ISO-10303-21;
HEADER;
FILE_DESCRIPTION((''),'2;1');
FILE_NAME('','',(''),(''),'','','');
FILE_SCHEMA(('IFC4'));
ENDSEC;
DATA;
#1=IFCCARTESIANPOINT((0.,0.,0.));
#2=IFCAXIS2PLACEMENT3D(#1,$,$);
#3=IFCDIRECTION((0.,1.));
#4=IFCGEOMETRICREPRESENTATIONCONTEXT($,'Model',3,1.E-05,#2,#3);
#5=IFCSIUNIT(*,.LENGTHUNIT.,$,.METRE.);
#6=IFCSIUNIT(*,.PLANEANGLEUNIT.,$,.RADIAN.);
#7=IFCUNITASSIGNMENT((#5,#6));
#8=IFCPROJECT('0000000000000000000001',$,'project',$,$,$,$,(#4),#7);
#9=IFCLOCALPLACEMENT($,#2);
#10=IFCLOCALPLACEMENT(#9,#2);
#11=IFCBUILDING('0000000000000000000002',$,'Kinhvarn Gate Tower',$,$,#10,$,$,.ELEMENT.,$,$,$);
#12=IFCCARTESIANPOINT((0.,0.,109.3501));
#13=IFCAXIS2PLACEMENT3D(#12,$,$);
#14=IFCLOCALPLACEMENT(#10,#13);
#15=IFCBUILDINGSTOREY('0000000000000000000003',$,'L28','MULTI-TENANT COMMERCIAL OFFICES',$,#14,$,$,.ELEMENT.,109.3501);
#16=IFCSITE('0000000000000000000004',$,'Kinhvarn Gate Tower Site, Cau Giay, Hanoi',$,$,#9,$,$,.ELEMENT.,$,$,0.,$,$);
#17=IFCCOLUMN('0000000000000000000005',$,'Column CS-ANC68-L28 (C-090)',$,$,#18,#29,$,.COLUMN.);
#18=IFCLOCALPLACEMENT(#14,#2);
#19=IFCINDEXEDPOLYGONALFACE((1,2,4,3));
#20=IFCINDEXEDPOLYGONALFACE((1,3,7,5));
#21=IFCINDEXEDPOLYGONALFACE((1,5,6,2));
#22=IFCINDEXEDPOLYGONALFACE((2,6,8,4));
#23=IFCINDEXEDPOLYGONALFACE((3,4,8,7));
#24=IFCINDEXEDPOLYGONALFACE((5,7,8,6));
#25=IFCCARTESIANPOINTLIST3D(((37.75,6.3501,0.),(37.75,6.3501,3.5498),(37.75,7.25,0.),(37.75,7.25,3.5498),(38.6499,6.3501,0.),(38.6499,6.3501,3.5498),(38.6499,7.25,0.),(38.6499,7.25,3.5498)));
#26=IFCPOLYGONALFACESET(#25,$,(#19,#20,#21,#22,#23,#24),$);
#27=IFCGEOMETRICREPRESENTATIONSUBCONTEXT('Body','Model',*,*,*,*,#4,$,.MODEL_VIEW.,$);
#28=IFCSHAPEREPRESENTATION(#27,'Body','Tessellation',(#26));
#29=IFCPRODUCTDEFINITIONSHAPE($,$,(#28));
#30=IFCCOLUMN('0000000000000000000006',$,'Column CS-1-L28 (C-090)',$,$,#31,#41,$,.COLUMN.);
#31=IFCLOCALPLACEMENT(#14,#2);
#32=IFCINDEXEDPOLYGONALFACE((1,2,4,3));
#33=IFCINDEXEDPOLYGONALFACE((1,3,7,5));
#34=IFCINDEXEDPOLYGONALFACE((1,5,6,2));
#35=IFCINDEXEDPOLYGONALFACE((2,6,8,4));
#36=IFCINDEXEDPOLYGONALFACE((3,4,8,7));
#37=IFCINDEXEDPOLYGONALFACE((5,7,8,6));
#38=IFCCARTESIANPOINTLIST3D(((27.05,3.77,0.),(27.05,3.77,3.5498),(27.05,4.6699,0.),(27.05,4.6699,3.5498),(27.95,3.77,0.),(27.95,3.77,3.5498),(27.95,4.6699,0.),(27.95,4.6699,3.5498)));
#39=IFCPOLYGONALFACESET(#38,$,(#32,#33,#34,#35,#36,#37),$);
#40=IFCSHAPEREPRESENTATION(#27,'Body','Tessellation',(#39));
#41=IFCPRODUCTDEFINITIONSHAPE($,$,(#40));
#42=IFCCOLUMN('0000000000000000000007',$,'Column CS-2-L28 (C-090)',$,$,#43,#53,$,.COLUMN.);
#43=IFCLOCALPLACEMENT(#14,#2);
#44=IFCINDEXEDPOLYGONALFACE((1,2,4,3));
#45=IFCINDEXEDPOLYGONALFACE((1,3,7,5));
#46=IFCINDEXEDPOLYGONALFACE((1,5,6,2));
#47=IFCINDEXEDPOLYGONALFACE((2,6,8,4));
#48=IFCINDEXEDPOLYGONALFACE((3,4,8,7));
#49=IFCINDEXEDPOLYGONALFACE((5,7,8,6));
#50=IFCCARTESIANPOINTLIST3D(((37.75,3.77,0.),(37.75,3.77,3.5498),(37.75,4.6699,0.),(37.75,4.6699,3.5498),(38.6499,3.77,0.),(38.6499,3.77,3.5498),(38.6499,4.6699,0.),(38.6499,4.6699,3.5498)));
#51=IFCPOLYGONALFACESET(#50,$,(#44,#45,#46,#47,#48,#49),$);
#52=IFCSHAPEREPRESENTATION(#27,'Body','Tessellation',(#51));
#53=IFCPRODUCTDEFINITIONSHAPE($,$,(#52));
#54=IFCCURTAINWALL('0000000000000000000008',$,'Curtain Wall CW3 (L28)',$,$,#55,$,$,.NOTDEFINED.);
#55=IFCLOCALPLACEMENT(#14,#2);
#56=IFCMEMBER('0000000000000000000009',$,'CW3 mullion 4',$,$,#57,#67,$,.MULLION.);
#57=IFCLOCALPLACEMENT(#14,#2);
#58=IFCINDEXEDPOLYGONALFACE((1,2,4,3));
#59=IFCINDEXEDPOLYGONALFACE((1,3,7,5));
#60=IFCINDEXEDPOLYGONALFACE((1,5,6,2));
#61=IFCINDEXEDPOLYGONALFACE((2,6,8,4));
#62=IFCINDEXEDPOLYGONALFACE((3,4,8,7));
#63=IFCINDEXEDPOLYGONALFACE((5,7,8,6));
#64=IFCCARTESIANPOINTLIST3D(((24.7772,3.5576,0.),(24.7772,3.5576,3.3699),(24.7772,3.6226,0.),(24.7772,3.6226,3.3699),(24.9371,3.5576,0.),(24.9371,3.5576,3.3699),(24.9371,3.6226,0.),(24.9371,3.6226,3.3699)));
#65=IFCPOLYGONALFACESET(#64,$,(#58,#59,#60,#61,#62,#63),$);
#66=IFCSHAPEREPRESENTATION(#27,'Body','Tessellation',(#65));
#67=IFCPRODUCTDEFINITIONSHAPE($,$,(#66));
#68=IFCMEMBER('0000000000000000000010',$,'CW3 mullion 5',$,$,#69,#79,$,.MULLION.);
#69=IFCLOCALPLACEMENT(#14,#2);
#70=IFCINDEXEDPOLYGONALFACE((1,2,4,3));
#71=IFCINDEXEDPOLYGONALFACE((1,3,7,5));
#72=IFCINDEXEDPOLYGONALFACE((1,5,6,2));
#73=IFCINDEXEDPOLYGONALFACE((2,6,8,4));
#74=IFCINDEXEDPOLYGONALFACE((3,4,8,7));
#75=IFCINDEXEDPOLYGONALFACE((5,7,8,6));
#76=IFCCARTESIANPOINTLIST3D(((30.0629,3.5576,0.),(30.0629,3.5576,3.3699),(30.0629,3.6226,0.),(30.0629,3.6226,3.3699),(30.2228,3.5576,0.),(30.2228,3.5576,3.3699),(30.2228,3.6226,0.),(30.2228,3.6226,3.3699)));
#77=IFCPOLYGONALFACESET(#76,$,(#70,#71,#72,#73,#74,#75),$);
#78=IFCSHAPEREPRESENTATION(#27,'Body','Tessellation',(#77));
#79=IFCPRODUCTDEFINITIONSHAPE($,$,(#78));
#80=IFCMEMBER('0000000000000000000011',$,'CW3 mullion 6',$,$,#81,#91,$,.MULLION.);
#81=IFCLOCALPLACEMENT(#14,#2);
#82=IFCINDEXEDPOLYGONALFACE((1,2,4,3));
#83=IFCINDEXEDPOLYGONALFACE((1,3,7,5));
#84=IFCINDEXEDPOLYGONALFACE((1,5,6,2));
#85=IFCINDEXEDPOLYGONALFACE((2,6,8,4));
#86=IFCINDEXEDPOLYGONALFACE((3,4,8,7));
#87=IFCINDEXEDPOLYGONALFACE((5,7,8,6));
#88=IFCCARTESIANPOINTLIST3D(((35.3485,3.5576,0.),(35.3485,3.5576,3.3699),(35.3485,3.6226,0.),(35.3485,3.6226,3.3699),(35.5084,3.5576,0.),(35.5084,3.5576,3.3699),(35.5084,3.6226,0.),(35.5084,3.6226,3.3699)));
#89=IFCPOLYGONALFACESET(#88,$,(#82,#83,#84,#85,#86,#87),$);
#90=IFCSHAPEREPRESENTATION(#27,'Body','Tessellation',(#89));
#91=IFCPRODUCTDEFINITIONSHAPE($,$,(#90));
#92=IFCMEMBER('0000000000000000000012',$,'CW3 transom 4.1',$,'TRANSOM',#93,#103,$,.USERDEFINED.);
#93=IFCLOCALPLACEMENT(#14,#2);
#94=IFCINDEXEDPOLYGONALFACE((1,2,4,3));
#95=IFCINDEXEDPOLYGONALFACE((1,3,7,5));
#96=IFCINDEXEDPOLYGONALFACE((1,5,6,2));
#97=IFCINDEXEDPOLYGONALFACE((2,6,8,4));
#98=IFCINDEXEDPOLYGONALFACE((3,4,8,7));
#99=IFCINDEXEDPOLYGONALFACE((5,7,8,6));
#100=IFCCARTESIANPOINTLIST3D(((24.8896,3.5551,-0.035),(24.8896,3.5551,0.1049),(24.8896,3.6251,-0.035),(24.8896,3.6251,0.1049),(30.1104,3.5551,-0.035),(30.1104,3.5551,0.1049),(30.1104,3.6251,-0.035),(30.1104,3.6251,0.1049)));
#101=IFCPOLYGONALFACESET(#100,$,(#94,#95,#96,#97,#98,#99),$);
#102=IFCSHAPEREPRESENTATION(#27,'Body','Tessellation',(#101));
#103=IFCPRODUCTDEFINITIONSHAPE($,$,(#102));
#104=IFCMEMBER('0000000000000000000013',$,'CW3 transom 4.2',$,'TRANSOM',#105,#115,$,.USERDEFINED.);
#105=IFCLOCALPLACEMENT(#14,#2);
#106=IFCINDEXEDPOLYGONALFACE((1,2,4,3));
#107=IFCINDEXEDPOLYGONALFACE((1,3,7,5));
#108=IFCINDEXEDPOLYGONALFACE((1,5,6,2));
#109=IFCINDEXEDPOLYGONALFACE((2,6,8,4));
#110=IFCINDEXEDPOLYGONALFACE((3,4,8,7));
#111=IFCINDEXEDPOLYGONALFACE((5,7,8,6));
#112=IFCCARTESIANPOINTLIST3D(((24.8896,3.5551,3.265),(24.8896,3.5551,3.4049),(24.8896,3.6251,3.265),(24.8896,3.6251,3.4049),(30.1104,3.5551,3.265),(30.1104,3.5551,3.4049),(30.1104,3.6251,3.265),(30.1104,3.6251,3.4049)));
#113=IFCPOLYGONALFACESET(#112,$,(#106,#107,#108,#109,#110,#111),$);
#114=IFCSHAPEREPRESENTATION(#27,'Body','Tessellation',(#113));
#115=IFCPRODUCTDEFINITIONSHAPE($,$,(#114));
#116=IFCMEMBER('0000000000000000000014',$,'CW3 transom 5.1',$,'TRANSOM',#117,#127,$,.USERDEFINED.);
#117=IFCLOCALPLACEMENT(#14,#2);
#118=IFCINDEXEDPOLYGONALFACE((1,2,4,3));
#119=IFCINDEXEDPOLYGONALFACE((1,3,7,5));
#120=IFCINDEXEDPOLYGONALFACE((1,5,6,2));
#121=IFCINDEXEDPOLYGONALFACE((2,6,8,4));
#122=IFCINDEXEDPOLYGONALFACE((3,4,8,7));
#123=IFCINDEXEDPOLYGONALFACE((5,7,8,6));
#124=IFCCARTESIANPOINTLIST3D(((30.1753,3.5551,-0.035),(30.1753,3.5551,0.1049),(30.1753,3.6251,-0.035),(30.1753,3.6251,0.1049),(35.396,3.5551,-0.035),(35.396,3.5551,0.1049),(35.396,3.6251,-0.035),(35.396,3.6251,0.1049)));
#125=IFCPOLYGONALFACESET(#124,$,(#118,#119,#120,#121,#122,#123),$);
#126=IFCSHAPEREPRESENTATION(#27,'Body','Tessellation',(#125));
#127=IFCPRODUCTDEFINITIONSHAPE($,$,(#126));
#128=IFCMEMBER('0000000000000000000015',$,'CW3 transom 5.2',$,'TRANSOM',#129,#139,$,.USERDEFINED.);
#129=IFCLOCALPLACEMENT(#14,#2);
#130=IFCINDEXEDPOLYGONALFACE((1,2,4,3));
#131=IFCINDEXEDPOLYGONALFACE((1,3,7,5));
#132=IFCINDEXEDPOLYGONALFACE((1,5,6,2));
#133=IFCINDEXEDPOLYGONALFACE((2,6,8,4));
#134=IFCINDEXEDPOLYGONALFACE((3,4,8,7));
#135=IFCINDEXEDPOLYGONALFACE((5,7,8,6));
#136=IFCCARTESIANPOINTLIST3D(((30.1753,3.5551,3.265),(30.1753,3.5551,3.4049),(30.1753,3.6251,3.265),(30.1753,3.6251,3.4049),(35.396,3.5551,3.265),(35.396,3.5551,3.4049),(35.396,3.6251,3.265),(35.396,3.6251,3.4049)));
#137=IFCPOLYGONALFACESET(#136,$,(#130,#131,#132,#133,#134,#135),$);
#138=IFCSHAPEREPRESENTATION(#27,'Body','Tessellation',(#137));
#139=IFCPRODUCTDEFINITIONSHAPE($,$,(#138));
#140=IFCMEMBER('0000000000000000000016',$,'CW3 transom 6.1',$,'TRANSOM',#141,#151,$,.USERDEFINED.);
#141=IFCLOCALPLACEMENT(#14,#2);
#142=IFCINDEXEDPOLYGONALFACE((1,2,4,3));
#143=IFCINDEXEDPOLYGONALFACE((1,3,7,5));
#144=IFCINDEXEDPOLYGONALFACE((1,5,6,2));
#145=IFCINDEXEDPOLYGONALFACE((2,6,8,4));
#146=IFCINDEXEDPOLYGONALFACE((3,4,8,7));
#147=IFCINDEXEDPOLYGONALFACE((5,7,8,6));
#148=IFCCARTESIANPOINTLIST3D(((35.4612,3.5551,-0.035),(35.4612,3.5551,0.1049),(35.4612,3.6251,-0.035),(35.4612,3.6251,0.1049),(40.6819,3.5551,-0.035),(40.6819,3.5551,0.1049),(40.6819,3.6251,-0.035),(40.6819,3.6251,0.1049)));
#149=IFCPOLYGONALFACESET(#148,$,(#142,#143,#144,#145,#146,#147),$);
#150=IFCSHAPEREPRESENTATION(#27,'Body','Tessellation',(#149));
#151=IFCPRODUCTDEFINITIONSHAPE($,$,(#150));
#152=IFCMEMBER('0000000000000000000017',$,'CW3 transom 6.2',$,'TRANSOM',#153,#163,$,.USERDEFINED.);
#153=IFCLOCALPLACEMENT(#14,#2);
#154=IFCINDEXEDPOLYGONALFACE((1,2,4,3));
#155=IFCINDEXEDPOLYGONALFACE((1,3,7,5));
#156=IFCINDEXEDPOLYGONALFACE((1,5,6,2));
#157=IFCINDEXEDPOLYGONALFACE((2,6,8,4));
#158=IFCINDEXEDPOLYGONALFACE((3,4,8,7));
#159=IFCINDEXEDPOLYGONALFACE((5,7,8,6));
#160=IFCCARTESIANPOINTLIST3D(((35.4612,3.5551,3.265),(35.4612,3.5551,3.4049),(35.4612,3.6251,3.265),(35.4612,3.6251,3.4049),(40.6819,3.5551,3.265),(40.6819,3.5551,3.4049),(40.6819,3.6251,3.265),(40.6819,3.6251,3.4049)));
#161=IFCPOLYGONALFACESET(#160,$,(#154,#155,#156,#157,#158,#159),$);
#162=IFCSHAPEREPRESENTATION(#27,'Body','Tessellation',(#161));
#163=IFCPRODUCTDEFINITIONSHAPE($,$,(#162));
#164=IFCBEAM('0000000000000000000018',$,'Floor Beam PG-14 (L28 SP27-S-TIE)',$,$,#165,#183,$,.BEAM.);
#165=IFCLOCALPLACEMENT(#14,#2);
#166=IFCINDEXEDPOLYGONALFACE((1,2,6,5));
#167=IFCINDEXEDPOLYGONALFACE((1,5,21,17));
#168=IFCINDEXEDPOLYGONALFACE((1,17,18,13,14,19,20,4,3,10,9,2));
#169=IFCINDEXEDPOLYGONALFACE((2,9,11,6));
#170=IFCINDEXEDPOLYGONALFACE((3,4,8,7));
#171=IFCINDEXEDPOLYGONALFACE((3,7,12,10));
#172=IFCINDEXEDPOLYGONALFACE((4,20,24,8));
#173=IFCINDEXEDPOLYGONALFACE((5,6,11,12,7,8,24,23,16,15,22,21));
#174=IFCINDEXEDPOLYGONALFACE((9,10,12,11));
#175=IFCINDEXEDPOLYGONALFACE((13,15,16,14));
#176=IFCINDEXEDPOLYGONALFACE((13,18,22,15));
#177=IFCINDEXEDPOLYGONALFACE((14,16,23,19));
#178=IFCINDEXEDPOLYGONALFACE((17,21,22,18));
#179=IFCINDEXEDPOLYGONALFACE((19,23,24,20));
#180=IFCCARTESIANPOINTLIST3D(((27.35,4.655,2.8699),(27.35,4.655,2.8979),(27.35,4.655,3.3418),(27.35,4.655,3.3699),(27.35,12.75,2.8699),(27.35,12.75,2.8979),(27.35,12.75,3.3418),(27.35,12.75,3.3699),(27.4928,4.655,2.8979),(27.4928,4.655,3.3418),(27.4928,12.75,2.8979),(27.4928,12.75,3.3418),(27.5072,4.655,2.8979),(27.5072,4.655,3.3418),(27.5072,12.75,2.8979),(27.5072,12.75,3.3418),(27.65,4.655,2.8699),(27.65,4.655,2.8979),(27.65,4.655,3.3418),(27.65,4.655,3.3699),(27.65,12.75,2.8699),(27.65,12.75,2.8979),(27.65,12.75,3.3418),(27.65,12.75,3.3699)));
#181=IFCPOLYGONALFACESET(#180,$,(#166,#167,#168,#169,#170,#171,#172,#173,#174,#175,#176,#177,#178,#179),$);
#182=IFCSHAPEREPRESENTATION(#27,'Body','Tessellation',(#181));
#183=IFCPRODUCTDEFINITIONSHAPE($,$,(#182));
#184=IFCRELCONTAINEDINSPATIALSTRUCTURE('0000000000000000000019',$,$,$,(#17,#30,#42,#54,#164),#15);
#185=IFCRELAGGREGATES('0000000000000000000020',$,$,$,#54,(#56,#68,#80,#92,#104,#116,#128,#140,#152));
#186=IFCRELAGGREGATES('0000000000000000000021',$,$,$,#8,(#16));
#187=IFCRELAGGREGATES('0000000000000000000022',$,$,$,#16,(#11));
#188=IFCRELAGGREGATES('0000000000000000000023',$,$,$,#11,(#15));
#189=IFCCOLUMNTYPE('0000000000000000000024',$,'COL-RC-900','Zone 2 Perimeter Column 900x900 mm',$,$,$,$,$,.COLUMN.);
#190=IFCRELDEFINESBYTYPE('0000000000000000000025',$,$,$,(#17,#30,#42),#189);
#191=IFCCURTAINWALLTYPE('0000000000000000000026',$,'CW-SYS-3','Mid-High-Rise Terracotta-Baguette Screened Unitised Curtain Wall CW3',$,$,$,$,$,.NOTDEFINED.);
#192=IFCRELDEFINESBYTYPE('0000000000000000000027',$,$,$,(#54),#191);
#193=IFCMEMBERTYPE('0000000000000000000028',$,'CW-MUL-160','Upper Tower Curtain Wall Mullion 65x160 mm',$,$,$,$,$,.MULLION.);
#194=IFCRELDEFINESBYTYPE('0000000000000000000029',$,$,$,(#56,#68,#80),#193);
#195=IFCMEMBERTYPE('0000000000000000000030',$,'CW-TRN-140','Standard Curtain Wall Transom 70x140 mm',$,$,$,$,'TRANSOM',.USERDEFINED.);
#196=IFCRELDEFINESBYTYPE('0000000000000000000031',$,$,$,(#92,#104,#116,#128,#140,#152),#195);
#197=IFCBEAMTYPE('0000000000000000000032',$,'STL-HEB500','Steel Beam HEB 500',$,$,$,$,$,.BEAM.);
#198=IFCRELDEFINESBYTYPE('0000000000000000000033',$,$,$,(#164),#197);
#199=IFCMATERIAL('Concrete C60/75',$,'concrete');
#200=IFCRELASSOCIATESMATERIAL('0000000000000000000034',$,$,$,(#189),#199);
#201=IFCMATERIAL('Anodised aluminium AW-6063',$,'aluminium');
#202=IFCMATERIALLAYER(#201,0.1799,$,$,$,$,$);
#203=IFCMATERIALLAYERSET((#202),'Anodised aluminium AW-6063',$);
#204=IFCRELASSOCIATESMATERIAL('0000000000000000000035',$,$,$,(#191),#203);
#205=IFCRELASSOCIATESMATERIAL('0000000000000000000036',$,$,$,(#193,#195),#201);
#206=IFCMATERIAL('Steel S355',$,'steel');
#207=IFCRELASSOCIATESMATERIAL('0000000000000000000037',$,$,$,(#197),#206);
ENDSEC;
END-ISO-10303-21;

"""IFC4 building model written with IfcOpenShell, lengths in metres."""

from ifc_helpers import new_model, si_unit, direction, frame, origin, origin_2d, place, context, subcontext, project, spatial, rectangle, i_section, extrude, material, layer, layer_set, material_profile, profile_set, type_object, element, aggregate, save


model = new_model("IFC4")

# Units and contexts
model_context = context("Model", 3, precision=1e-05, world=origin(), true_north=direction((0.0, 1.0)))
body_context = subcontext(model_context, "Body", "Model", "MODEL_VIEW")
ifc_project = project(units=[si_unit("LENGTHUNIT", "METRE"), si_unit("PLANEANGLEUNIT", "RADIAN")], contexts=[model_context])

# Site, building, storey
site_placement = place(None, origin())
site = spatial("IfcSite", under=ifc_project, at=site_placement, Name="Kinhvarn Gate Tower Site, Cau Giay, Hanoi", CompositionType="ELEMENT", RefElevation=0.0)
building_placement = place(site_placement, origin())
building = spatial("IfcBuilding", under=site, at=building_placement, Name="Kinhvarn Gate Tower", CompositionType="ELEMENT")
storey_placement = place(building_placement, frame((0.0, 0.0, 109.3501)))
storey = spatial("IfcBuildingStorey", under=building, at=storey_placement, Name="L28", Description="MULTI-TENANT COMMERCIAL OFFICES", CompositionType="ELEMENT", Elevation=109.3501)

# Columns
ifc_material_1 = material(Name="Concrete C60/75", Category="concrete")
ifc_material_profile_1 = material_profile(ifc_material_1, rectangle(XDim=0.8999, YDim=0.8999, at=origin_2d()), Name="RC 900x900")
ifc_profile_set_1 = profile_set([ifc_material_profile_1], Name="Concrete C60/75")
column_type = type_object("IfcColumnType", Name="COL-RC-900", Description="Zone 2 Perimeter Column 900x900 mm", PredefinedType="COLUMN", material=ifc_profile_set_1)
for number, where, z_axis, x_axis, name in (
    (1, (38.2, 6.8, 0.0), (0.0, 0.0, 1.0), (1.0, 0.0, 0.0), "Column CS-ANC68-L28 (C-090)"),
    (2, (27.5, 4.22, 0.0), (0.0, 0.0, 1.0), (1.0, 0.0, 0.0), "Column CS-1-L28 (C-090)"),
    (3, (38.2, 4.22, 0.0), (0.0, 0.0, 1.0), (1.0, 0.0, 0.0), "Column CS-2-L28 (C-090)"),
):
    element("IfcColumn", number, at=place(storey_placement, frame(where, z_axis=z_axis, x_axis=x_axis)), inside=storey, type_object=column_type, Name=name, PredefinedType="COLUMN", context=body_context, shape_type="SweptSolid", body=[
        extrude(rectangle(XDim=0.8999, YDim=0.8999, at=origin_2d()), origin(), (0.0, 0.0, 1.0), 3.5498),
    ])

# Curtain wall, members
ifc_material_2 = material(Name="Anodised aluminium AW-6063", Category="aluminium")
ifc_layer_1 = layer(ifc_material_2, 0.1799)
ifc_layer_set_1 = layer_set([ifc_layer_1], Name="Anodised aluminium AW-6063")
curtain_wall_type = type_object("IfcCurtainWallType", Name="CW-SYS-3", Description="Mid-High-Rise Terracotta-Baguette Screened Unitised Curtain Wall CW3", PredefinedType="NOTDEFINED", material=ifc_layer_set_1)
curtain_wall_placement = place(storey_placement, origin())
curtain_wall = element("IfcCurtainWall", 4, at=curtain_wall_placement, inside=storey, type_object=curtain_wall_type, Name="Curtain Wall CW3 (L28)", PredefinedType="NOTDEFINED")
ifc_material_profile_2 = material_profile(ifc_material_2, rectangle(XDim=0.0649, YDim=0.1599, at=origin_2d()), Name="ALU 65x160")
ifc_profile_set_2 = profile_set([ifc_material_profile_2], Name="Anodised aluminium AW-6063")
member_type_1 = type_object("IfcMemberType", Name="CW-MUL-160", Description="Upper Tower Curtain Wall Mullion 65x160 mm", PredefinedType="MULLION", material=ifc_profile_set_2)
member_1_placement = place(storey_placement, frame((24.8572, 3.5901, 0.0), z_axis=(0.0, 0.0, 1.0), x_axis=(0.0, 1.0, 0.0)))
member_1 = element("IfcMember", 5, at=member_1_placement, type_object=member_type_1, Name="CW3 mullion 4", PredefinedType="MULLION", context=body_context, shape_type="SweptSolid", body=[
    extrude(rectangle(XDim=0.0649, YDim=0.1599, at=origin_2d()), origin(), (0.0, 0.0, 1.0), 3.3699),
])
member_2_placement = place(storey_placement, frame((30.1428, 3.5901, 0.0), z_axis=(0.0, 0.0, 1.0), x_axis=(0.0, 1.0, 0.0)))
member_2 = element("IfcMember", 6, at=member_2_placement, type_object=member_type_1, Name="CW3 mullion 5", PredefinedType="MULLION", context=body_context, shape_type="SweptSolid", body=[
    extrude(rectangle(XDim=0.0649, YDim=0.1599, at=origin_2d()), origin(), (0.0, 0.0, 1.0), 3.3699),
])
member_3_placement = place(storey_placement, frame((35.4285, 3.5901, 0.0), z_axis=(0.0, 0.0, 1.0), x_axis=(0.0, 1.0, 0.0)))
member_3 = element("IfcMember", 7, at=member_3_placement, type_object=member_type_1, Name="CW3 mullion 6", PredefinedType="MULLION", context=body_context, shape_type="SweptSolid", body=[
    extrude(rectangle(XDim=0.0649, YDim=0.1599, at=origin_2d()), origin(), (0.0, 0.0, 1.0), 3.3699),
])
ifc_material_profile_3 = material_profile(ifc_material_2, rectangle(XDim=0.0701, YDim=0.1399, at=origin_2d()), Name="ALU 70x140")
ifc_profile_set_3 = profile_set([ifc_material_profile_3], Name="Anodised aluminium AW-6063")
member_type_2 = type_object("IfcMemberType", Name="CW-TRN-140", Description="Standard Curtain Wall Transom 70x140 mm", ElementType="TRANSOM", PredefinedType="USERDEFINED", material=ifc_profile_set_3)
member_4_placement = place(storey_placement, frame((24.8896, 3.5901, 0.0349), z_axis=(1.0, 0.0, 0.0), x_axis=(0.0, 1.0, 0.0)))
member_4 = element("IfcMember", 8, at=member_4_placement, type_object=member_type_2, Name="CW3 transom 4.1", ObjectType="TRANSOM", PredefinedType="USERDEFINED", context=body_context, shape_type="SweptSolid", body=[
    extrude(rectangle(XDim=0.0701, YDim=0.1399, at=origin_2d()), origin(), (0.0, 0.0, 1.0), 5.2207),
])
member_5_placement = place(storey_placement, frame((24.8896, 3.5901, 3.335), z_axis=(1.0, 0.0, 0.0), x_axis=(0.0, 1.0, 0.0)))
member_5 = element("IfcMember", 9, at=member_5_placement, type_object=member_type_2, Name="CW3 transom 4.2", ObjectType="TRANSOM", PredefinedType="USERDEFINED", context=body_context, shape_type="SweptSolid", body=[
    extrude(rectangle(XDim=0.0701, YDim=0.1399, at=origin_2d()), origin(), (0.0, 0.0, 1.0), 5.2207),
])
member_6_placement = place(storey_placement, frame((30.1753, 3.5901, 0.0349), z_axis=(1.0, 0.0, 0.0), x_axis=(0.0, 1.0, 0.0)))
member_6 = element("IfcMember", 10, at=member_6_placement, type_object=member_type_2, Name="CW3 transom 5.1", ObjectType="TRANSOM", PredefinedType="USERDEFINED", context=body_context, shape_type="SweptSolid", body=[
    extrude(rectangle(XDim=0.0701, YDim=0.1399, at=origin_2d()), origin(), (0.0, 0.0, 1.0), 5.2207),
])
member_7_placement = place(storey_placement, frame((30.1753, 3.5901, 3.335), z_axis=(1.0, 0.0, 0.0), x_axis=(0.0, 1.0, 0.0)))
member_7 = element("IfcMember", 11, at=member_7_placement, type_object=member_type_2, Name="CW3 transom 5.2", ObjectType="TRANSOM", PredefinedType="USERDEFINED", context=body_context, shape_type="SweptSolid", body=[
    extrude(rectangle(XDim=0.0701, YDim=0.1399, at=origin_2d()), origin(), (0.0, 0.0, 1.0), 5.2207),
])
member_8_placement = place(storey_placement, frame((35.4612, 3.5901, 0.0349), z_axis=(1.0, 0.0, 0.0), x_axis=(0.0, 1.0, 0.0)))
member_8 = element("IfcMember", 12, at=member_8_placement, type_object=member_type_2, Name="CW3 transom 6.1", ObjectType="TRANSOM", PredefinedType="USERDEFINED", context=body_context, shape_type="SweptSolid", body=[
    extrude(rectangle(XDim=0.0701, YDim=0.1399, at=origin_2d()), origin(), (0.0, 0.0, 1.0), 5.2207),
])
member_9_placement = place(storey_placement, frame((35.4612, 3.5901, 3.335), z_axis=(1.0, 0.0, 0.0), x_axis=(0.0, 1.0, 0.0)))
member_9 = element("IfcMember", 13, at=member_9_placement, type_object=member_type_2, Name="CW3 transom 6.2", ObjectType="TRANSOM", PredefinedType="USERDEFINED", context=body_context, shape_type="SweptSolid", body=[
    extrude(rectangle(XDim=0.0701, YDim=0.1399, at=origin_2d()), origin(), (0.0, 0.0, 1.0), 5.2207),
])

# Beam
ifc_material_3 = material(Name="Steel S355", Category="steel")
ifc_material_profile_4 = material_profile(ifc_material_3, i_section(OverallWidth=0.3, OverallDepth=0.5, WebThickness=0.0144, FlangeThickness=0.0281, at=origin_2d()), Name="HEB 500")
ifc_profile_set_4 = profile_set([ifc_material_profile_4], Name="Steel S355")
beam_type_1 = type_object("IfcBeamType", Name="STL-HEB500", Description="Steel Beam HEB 500", PredefinedType="BEAM", material=ifc_profile_set_4)
beam_1_placement = place(storey_placement, frame((27.5, 4.655, 3.1199), z_axis=(0.0, 1.0, 0.0), x_axis=(-1.0, 0.0, 0.0)))
element("IfcBeam", 14, at=beam_1_placement, inside=storey, type_object=beam_type_1, Name="Floor Beam PG-14 (L28 SP27-S-TIE)", PredefinedType="BEAM", context=body_context, shape_type="SweptSolid", body=[
    extrude(i_section(OverallWidth=0.3, OverallDepth=0.5, WebThickness=0.0144, FlangeThickness=0.0281, at=origin_2d()), origin(), (0.0, 0.0, 1.0), 8.095),
])

aggregate(curtain_wall, [member_1, member_2, member_3, member_4, member_5, member_6, member_7, member_8, member_9])

save(model, "model.ifc")
